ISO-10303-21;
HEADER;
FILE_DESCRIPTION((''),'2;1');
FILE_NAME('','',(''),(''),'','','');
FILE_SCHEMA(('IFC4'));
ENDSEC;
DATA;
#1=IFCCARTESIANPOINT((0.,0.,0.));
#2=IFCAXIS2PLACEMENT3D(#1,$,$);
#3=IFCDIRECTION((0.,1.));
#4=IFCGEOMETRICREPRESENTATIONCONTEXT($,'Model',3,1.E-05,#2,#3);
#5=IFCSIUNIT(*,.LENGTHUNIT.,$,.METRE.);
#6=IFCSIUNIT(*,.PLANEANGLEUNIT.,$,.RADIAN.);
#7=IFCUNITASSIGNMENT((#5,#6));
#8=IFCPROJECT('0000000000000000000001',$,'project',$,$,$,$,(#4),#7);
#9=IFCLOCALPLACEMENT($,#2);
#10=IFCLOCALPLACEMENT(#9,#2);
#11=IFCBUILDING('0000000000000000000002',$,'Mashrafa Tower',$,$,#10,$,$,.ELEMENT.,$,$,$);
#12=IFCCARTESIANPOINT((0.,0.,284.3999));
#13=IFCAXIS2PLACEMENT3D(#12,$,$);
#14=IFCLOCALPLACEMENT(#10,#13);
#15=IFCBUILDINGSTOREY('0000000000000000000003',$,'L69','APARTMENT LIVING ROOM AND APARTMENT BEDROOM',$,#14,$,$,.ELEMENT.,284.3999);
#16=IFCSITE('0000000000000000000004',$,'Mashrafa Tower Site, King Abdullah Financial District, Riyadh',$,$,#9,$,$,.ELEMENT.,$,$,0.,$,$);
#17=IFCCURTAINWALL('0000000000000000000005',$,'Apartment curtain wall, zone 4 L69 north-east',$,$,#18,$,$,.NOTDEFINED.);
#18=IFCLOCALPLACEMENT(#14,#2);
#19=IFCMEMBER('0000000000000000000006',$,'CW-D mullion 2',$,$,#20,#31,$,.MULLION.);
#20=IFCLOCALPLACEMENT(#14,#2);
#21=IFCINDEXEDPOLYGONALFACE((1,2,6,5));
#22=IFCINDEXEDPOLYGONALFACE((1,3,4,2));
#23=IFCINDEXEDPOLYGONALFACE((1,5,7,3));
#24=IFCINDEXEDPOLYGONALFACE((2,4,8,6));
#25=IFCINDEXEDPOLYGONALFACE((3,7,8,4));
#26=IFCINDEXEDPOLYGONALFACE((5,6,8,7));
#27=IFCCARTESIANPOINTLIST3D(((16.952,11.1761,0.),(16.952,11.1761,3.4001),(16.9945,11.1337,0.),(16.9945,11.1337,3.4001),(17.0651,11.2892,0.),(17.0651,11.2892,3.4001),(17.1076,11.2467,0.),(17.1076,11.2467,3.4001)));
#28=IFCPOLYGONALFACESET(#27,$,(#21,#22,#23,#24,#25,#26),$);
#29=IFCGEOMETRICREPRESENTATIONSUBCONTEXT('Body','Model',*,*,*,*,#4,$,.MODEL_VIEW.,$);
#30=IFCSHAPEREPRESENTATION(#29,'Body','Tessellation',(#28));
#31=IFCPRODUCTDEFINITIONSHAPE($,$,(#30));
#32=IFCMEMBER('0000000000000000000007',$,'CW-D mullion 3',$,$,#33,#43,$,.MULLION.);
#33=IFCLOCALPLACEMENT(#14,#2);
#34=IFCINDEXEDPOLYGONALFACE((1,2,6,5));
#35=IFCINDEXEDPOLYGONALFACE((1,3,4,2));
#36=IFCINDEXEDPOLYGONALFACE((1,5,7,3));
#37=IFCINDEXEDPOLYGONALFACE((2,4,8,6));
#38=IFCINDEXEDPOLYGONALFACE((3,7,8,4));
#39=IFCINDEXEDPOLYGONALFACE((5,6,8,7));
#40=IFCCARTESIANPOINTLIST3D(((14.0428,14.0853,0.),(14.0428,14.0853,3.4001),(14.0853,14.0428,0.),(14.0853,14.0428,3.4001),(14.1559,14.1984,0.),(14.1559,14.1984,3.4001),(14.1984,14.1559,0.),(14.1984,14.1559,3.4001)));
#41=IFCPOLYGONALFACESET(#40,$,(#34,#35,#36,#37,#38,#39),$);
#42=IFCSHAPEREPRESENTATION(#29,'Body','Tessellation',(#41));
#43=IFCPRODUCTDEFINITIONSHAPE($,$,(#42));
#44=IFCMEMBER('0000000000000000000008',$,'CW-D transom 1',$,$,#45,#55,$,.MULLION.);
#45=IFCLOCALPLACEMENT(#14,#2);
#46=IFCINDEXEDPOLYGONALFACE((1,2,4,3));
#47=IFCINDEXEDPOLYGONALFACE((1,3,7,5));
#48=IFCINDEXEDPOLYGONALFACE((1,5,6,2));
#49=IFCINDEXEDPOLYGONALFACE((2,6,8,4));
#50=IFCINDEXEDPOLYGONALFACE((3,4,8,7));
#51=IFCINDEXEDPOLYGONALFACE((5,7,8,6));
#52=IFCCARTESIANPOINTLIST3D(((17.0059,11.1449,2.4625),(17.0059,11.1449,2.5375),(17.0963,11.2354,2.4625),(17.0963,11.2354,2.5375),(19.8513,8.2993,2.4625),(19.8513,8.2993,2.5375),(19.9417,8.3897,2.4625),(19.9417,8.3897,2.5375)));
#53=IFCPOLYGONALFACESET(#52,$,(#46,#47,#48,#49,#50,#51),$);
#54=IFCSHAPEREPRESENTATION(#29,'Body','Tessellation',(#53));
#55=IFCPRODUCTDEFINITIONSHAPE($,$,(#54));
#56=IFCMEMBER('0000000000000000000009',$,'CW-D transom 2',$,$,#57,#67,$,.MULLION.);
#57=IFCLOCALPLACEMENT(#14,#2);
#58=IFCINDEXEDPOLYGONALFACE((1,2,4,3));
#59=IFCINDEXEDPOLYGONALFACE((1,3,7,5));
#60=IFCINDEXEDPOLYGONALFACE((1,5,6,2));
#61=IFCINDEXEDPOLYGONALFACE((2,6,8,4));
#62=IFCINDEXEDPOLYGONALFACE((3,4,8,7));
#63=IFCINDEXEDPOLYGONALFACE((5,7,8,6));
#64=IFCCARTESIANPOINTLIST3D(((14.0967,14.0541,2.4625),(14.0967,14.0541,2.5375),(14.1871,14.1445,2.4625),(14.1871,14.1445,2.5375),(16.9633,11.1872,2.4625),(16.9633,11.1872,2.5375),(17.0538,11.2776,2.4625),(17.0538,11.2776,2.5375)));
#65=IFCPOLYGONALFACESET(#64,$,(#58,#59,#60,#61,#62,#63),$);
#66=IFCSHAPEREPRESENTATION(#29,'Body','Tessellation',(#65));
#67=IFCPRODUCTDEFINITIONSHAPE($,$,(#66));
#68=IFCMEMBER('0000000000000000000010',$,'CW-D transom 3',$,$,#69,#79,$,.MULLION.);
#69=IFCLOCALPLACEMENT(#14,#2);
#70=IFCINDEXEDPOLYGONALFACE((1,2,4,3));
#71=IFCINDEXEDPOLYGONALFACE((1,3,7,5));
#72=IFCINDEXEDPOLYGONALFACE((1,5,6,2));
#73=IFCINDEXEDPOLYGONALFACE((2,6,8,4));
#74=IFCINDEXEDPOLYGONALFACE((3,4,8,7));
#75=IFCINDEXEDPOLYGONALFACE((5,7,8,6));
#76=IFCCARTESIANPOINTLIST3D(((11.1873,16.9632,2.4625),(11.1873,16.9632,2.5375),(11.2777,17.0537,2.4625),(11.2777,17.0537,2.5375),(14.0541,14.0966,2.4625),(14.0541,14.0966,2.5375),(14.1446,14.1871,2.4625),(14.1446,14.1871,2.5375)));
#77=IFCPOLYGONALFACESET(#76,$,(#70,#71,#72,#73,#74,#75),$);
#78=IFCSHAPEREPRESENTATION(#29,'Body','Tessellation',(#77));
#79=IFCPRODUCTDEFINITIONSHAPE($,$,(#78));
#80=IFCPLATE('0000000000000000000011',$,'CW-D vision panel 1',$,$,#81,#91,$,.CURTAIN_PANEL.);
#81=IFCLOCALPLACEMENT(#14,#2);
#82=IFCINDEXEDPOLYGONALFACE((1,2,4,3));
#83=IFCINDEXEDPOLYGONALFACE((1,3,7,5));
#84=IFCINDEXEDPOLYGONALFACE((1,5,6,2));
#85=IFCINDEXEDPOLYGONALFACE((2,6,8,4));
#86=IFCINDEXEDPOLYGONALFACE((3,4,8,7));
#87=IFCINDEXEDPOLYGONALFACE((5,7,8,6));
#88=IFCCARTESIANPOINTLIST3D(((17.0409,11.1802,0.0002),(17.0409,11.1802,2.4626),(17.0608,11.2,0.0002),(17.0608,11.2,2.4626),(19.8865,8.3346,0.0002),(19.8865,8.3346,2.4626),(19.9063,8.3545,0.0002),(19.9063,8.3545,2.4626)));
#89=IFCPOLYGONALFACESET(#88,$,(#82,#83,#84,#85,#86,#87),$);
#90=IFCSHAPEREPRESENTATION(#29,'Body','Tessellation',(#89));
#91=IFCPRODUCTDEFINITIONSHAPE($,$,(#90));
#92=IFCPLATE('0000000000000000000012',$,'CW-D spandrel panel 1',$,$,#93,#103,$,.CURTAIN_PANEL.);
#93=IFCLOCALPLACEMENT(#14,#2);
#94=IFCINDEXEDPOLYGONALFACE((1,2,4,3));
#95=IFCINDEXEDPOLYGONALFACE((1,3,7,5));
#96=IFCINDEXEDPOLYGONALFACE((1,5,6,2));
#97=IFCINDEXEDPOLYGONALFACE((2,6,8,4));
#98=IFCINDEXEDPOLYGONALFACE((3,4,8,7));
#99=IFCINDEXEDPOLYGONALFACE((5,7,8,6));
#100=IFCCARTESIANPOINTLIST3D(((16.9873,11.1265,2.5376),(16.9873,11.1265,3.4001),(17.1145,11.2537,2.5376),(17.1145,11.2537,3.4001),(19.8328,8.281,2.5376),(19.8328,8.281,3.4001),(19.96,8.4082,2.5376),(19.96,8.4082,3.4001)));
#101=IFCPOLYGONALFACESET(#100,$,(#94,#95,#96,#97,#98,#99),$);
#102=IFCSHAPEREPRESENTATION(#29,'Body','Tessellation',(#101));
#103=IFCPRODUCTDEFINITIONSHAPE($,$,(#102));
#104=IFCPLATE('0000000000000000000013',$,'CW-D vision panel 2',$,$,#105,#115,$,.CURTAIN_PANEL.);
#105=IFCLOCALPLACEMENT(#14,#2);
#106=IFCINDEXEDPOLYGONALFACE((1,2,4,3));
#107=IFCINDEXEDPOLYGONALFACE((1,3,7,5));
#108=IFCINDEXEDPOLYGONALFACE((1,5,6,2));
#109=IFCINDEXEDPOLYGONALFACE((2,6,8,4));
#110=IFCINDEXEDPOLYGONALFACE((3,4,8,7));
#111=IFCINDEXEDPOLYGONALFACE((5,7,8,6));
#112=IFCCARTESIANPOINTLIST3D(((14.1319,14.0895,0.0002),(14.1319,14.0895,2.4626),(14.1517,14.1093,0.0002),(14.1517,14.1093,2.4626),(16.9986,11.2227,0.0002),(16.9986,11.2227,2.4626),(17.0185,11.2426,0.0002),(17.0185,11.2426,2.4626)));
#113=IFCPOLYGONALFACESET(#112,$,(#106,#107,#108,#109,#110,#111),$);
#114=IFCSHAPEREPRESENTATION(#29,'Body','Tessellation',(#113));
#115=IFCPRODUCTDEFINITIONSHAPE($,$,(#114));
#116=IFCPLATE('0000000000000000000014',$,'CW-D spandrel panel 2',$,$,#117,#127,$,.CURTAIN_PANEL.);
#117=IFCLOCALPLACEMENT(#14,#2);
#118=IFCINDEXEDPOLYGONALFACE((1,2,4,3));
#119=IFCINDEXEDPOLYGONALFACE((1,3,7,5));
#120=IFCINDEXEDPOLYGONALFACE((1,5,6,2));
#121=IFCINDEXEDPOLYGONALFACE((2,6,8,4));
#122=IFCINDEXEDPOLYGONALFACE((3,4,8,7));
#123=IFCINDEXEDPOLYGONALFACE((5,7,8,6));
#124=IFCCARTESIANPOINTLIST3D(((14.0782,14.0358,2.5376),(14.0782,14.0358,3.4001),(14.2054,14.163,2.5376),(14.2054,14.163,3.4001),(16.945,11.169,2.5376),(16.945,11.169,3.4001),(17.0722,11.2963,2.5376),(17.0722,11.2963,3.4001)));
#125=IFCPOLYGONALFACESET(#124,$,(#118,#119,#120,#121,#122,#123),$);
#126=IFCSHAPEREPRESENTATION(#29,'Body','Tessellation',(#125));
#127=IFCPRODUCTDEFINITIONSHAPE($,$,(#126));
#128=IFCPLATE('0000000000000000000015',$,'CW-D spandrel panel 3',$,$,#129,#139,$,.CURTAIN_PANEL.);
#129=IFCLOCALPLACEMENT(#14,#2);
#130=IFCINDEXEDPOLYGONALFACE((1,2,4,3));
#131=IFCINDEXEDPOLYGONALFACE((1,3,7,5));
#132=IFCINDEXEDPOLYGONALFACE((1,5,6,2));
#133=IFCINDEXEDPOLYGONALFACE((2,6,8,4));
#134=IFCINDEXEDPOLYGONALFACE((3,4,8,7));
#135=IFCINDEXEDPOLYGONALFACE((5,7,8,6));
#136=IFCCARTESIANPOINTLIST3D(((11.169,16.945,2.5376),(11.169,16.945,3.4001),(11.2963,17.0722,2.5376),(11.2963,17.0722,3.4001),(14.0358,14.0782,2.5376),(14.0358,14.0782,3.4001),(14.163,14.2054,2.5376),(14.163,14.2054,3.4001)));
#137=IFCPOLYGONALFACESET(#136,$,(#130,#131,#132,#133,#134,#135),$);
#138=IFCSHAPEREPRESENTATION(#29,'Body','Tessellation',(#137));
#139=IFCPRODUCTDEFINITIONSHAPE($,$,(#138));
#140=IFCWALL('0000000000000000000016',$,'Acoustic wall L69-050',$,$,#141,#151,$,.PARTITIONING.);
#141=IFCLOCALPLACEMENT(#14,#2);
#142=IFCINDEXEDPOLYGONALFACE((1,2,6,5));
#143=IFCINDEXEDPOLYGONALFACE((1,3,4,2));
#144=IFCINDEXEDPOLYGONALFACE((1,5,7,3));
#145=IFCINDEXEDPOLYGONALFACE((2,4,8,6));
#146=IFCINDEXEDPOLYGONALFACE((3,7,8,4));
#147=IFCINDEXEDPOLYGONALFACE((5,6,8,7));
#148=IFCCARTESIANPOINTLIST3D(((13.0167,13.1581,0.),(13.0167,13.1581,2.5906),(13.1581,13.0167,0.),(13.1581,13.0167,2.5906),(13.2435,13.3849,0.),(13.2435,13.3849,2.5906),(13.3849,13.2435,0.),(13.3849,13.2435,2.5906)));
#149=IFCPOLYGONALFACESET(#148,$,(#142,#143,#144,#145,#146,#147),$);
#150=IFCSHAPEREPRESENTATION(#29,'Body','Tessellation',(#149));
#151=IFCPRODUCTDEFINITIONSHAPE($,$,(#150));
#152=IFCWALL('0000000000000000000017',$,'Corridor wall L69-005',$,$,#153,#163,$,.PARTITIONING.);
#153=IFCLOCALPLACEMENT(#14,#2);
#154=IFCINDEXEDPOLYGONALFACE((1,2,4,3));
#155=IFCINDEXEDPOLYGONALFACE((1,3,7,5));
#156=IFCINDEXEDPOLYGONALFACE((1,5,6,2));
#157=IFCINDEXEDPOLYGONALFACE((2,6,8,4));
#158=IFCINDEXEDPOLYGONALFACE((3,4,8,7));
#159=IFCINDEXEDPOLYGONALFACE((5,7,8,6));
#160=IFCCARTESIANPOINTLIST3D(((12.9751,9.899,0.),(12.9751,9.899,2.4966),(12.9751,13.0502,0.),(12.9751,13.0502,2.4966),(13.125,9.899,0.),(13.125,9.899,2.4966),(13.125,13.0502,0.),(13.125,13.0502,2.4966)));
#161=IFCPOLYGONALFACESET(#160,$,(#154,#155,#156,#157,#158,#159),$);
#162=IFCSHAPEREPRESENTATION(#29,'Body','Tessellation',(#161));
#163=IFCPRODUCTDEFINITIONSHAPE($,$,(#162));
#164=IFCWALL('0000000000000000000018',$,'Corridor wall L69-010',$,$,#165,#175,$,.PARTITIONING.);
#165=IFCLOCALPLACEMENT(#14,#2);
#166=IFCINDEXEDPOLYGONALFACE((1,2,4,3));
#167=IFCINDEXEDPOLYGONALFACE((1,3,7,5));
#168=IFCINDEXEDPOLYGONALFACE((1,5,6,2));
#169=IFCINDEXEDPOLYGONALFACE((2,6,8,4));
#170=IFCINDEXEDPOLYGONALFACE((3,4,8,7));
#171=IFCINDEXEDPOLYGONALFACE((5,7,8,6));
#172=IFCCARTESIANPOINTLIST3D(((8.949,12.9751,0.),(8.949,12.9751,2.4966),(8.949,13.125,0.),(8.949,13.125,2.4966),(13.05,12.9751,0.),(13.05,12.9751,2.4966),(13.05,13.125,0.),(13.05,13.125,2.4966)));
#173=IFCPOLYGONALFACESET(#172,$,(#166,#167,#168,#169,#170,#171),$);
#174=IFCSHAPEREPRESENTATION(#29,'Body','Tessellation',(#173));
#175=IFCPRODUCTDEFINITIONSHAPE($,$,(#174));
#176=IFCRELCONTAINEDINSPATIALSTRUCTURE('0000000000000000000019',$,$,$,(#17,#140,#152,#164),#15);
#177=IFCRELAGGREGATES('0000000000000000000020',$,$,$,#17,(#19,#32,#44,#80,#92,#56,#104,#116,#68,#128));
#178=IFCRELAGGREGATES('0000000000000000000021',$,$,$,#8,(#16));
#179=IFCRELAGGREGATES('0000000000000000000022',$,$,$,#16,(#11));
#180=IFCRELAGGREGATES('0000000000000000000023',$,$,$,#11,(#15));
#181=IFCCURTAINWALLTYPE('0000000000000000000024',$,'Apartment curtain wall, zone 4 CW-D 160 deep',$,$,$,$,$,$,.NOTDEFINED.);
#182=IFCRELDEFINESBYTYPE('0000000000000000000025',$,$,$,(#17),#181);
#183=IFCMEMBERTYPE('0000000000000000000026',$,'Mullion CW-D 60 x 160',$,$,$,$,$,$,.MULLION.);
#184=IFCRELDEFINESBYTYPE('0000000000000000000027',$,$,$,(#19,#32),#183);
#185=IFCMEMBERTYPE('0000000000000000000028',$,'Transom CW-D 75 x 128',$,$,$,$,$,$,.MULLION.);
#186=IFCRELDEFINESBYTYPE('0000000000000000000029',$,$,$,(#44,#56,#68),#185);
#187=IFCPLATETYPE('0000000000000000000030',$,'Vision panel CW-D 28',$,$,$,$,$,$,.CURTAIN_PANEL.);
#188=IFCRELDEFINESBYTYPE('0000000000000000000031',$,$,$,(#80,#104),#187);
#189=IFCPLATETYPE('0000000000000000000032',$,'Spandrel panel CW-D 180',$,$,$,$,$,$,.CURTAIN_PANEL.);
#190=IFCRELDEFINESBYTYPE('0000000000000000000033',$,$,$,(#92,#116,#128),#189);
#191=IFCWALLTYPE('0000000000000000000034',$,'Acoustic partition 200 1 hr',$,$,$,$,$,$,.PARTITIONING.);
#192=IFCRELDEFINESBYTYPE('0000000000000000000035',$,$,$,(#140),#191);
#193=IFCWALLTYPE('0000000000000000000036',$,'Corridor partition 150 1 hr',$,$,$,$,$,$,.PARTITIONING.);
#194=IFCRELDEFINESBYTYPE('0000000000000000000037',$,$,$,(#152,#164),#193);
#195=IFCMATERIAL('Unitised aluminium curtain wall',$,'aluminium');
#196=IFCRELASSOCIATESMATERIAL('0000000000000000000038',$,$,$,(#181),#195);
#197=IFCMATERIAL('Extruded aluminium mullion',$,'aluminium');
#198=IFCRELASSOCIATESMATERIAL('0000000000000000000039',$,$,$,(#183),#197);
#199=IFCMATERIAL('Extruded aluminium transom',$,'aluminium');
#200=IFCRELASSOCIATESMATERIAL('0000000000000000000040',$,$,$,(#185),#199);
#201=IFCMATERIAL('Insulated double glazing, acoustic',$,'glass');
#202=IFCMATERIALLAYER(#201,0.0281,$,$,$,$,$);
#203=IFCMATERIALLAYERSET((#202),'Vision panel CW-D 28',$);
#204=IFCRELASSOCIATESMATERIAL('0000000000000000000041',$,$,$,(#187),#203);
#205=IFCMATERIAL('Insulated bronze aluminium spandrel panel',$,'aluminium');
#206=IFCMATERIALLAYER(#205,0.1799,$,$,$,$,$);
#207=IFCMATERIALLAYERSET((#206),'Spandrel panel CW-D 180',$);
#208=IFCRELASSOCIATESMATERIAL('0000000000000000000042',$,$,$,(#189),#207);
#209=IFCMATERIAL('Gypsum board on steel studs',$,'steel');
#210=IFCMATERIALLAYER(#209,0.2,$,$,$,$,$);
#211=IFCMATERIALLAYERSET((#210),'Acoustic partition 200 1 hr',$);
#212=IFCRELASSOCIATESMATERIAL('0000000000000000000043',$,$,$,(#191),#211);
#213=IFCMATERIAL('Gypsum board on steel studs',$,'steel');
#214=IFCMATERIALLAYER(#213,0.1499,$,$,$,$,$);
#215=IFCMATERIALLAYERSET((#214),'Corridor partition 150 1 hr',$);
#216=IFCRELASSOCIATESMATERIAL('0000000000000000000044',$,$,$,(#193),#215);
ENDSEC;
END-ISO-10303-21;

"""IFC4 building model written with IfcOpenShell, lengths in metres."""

from ifc_helpers import new_model, si_unit, direction, frame, frame_2d, origin, origin_2d, place, context, subcontext, project, spatial, rectangle, extrude, source, transform, mapped, material, layer, layer_set, material_profile, profile_set, type_object, type_shapes, element, aggregate, save


model = new_model("IFC4")

# Units and contexts
model_context = context("Model", 3, precision=1e-05, world=origin(), true_north=direction((0.0, 1.0)))
body_context = subcontext(model_context, "Body", "Model", "MODEL_VIEW")
ifc_project = project(units=[si_unit("LENGTHUNIT", "METRE"), si_unit("PLANEANGLEUNIT", "RADIAN")], contexts=[model_context])

# Site, building, storey
site_placement = place(None, origin())
site = spatial("IfcSite", under=ifc_project, at=site_placement, Name="Mashrafa Tower Site, King Abdullah Financial District, Riyadh", CompositionType="ELEMENT", RefElevation=0.0)
building_placement = place(site_placement, origin())
building = spatial("IfcBuilding", under=site, at=building_placement, Name="Mashrafa Tower", CompositionType="ELEMENT")
storey_placement = place(building_placement, frame((0.0, 0.0, 284.3999)))
storey = spatial("IfcBuildingStorey", under=building, at=storey_placement, Name="L69", Description="APARTMENT LIVING ROOM AND APARTMENT BEDROOM", CompositionType="ELEMENT", Elevation=284.3999)

# Shared definitions
ifc_material_1 = material(Name="Unitised aluminium curtain wall", Category="aluminium")
curtain_wall_type = type_object("IfcCurtainWallType", Name="Apartment curtain wall, zone 4 CW-D 160 deep", PredefinedType="NOTDEFINED", material=ifc_material_1)
ifc_material_2 = material(Name="Extruded aluminium mullion", Category="aluminium")
ifc_material_profile_1 = material_profile(ifc_material_2, rectangle(XDim=0.1599, YDim=0.0601, at=origin_2d()), Name="Mullion 60x160")
ifc_profile_set_1 = profile_set([ifc_material_profile_1], Name="Extruded aluminium mullion")
member_type_1 = type_object("IfcMemberType", Name="Mullion CW-D 60 x 160", PredefinedType="MULLION", material=ifc_profile_set_1)
shared_shape_1 = source(origin(), body_context, "Body", "SweptSolid", [
    extrude(rectangle(XDim=0.1599, YDim=0.0601, at=origin_2d()), origin(), (0.0, 0.0, 1.0), 3.4001),
])
type_shapes(member_type_1, [shared_shape_1])

# Curtain wall, members, plates
curtain_wall_1_placement = place(storey_placement, origin())
curtain_wall_1 = element("IfcCurtainWall", 1, at=curtain_wall_1_placement, inside=storey, type_object=curtain_wall_type, Name="Apartment curtain wall, zone 4 L69 north-east", PredefinedType="NOTDEFINED")
member_1_placement = place(storey_placement, frame((17.0298, 11.2114, 0.0), z_axis=(0.0, 0.0, 1.0), x_axis=(-0.707107, -0.707107, 0.0)))
member_1 = element("IfcMember", 2, at=member_1_placement, type_object=member_type_1, Name="CW-D mullion 2", PredefinedType="MULLION", context=body_context, shape_type="MappedRepresentation", body=[
    mapped(shared_shape_1, transform((0.0, 0.0, 0.0))),
])
member_2_placement = place(storey_placement, frame((14.1206, 14.1206, 0.0), z_axis=(0.0, 0.0, 1.0), x_axis=(-0.707107, -0.707107, 0.0)))
member_2 = element("IfcMember", 3, at=member_2_placement, type_object=member_type_1, Name="CW-D mullion 3", PredefinedType="MULLION", context=body_context, shape_type="MappedRepresentation", body=[
    mapped(shared_shape_1, transform((0.0, 0.0, 0.0))),
])
ifc_material_3 = material(Name="Extruded aluminium transom", Category="aluminium")
ifc_material_profile_2 = material_profile(ifc_material_3, rectangle(XDim=0.1279, YDim=0.075, at=origin_2d()), Name="Transom 75x128")
ifc_profile_set_2 = profile_set([ifc_material_profile_2], Name="Extruded aluminium transom")
member_type_2 = type_object("IfcMemberType", Name="Transom CW-D 75 x 128", PredefinedType="MULLION", material=ifc_profile_set_2)
shared_shape_2 = source(origin(), body_context, "Body", "SweptSolid", [
    extrude(rectangle(XDim=0.1279, YDim=0.075, at=origin_2d()), origin(), (0.0, 0.0, 1.0), 4.0242),
])
member_3_placement = place(storey_placement, frame((19.8965, 8.3445, 2.5), z_axis=(-0.707076, 0.707137, 0.0), x_axis=(-0.707137, -0.707076, 0.0)))
member_3 = element("IfcMember", 4, at=member_3_placement, type_object=member_type_2, Name="CW-D transom 1", PredefinedType="MULLION", context=body_context, shape_type="MappedRepresentation", body=[
    mapped(shared_shape_2, transform((0.0, 0.0, 0.0))),
])
shared_shape_3 = source(origin(), body_context, "Body", "SweptSolid", [
    extrude(rectangle(XDim=0.1279, YDim=0.075, at=origin_2d()), origin(), (0.0, 0.0, 1.0), 4.0542),
])
type_shapes(member_type_2, [shared_shape_2, shared_shape_3])
member_4_placement = place(storey_placement, frame((17.0085, 11.2324, 2.5), z_axis=(-0.707077, 0.707137, 0.0), x_axis=(-0.707137, -0.707077, 0.0)))
member_4 = element("IfcMember", 5, at=member_4_placement, type_object=member_type_2, Name="CW-D transom 2", PredefinedType="MULLION", context=body_context, shape_type="MappedRepresentation", body=[
    mapped(shared_shape_3, transform((0.0, 0.0, 0.0))),
])
member_5_placement = place(storey_placement, frame((14.0994, 14.1418, 2.5), z_axis=(-0.707137, 0.707077, 0.0), x_axis=(-0.707077, -0.707137, 0.0)))
member_5 = element("IfcMember", 6, at=member_5_placement, type_object=member_type_2, Name="CW-D transom 3", PredefinedType="MULLION", context=body_context, shape_type="MappedRepresentation", body=[
    mapped(shared_shape_3, transform((0.0, 0.0, 0.0))),
])
ifc_material_4 = material(Name="Insulated double glazing, acoustic", Category="glass")
ifc_layer_1 = layer(ifc_material_4, 0.0281)
ifc_layer_set_1 = layer_set([ifc_layer_1], Name="Vision panel CW-D 28")
plate_type_1 = type_object("IfcPlateType", Name="Vision panel CW-D 28", PredefinedType="CURTAIN_PANEL", material=ifc_layer_set_1)
shared_shape_4 = source(origin(), body_context, "Body", "SweptSolid", [
    extrude(rectangle(XDim=4.0242, YDim=0.0281, at=origin_2d()), origin(), (0.0, 0.0, 1.0), 2.4624),
])
plate_1_placement = place(storey_placement, frame((18.4736, 9.7673, 0.0002), z_axis=(0.0, 0.0, 1.0), x_axis=(-0.707107, 0.707107, 0.0)))
plate_1 = element("IfcPlate", 7, at=plate_1_placement, type_object=plate_type_1, Name="CW-D vision panel 1", PredefinedType="CURTAIN_PANEL", context=body_context, shape_type="MappedRepresentation", body=[
    mapped(shared_shape_4, transform((0.0, 0.0, 0.0))),
])
ifc_material_5 = material(Name="Insulated bronze aluminium spandrel panel", Category="aluminium")
ifc_layer_2 = layer(ifc_material_5, 0.1799)
ifc_layer_set_2 = layer_set([ifc_layer_2], Name="Spandrel panel CW-D 180")
plate_type_2 = type_object("IfcPlateType", Name="Spandrel panel CW-D 180", PredefinedType="CURTAIN_PANEL", material=ifc_layer_set_2)
shared_shape_5 = source(origin(), body_context, "Body", "SweptSolid", [
    extrude(rectangle(XDim=4.0242, YDim=0.1799, at=origin_2d()), origin(), (0.0, 0.0, 1.0), 0.8625),
])
plate_2_placement = place(storey_placement, frame((18.4736, 9.7673, 2.5376), z_axis=(0.0, 0.0, 1.0), x_axis=(-0.707107, 0.707107, 0.0)))
plate_2 = element("IfcPlate", 8, at=plate_2_placement, type_object=plate_type_2, Name="CW-D spandrel panel 1", PredefinedType="CURTAIN_PANEL", context=body_context, shape_type="MappedRepresentation", body=[
    mapped(shared_shape_5, transform((0.0, 0.0, 0.0))),
])
shared_shape_6 = source(origin(), body_context, "Body", "SweptSolid", [
    extrude(rectangle(XDim=4.0542, YDim=0.0281, at=origin_2d()), origin(), (0.0, 0.0, 1.0), 2.4624),
])
type_shapes(plate_type_1, [shared_shape_4, shared_shape_6])
plate_3_placement = place(storey_placement, frame((15.5752, 12.666, 0.0002), z_axis=(0.0, 0.0, 1.0), x_axis=(-0.707107, 0.707107, 0.0)))
plate_3 = element("IfcPlate", 9, at=plate_3_placement, type_object=plate_type_1, Name="CW-D vision panel 2", PredefinedType="CURTAIN_PANEL", context=body_context, shape_type="MappedRepresentation", body=[
    mapped(shared_shape_6, transform((0.0, 0.0, 0.0))),
])
shared_shape_7 = source(origin(), body_context, "Body", "SweptSolid", [
    extrude(rectangle(XDim=4.0542, YDim=0.1799, at=origin_2d()), origin(), (0.0, 0.0, 1.0), 0.8625),
])
type_shapes(plate_type_2, [shared_shape_5, shared_shape_7])
plate_4_placement = place(storey_placement, frame((15.5752, 12.666, 2.5376), z_axis=(0.0, 0.0, 1.0), x_axis=(-0.707107, 0.707107, 0.0)))
plate_4 = element("IfcPlate", 10, at=plate_4_placement, type_object=plate_type_2, Name="CW-D spandrel panel 2", PredefinedType="CURTAIN_PANEL", context=body_context, shape_type="MappedRepresentation", body=[
    mapped(shared_shape_7, transform((0.0, 0.0, 0.0))),
])
plate_5_placement = place(storey_placement, frame((12.666, 15.5752, 2.5376), z_axis=(0.0, 0.0, 1.0), x_axis=(-0.707107, 0.707107, 0.0)))
plate_5 = element("IfcPlate", 11, at=plate_5_placement, type_object=plate_type_2, Name="CW-D spandrel panel 3", PredefinedType="CURTAIN_PANEL", context=body_context, shape_type="MappedRepresentation", body=[
    mapped(shared_shape_7, transform((0.0, 0.0, 0.0))),
])
aggregate(curtain_wall_1, [member_1, member_2, member_3, plate_1, plate_2, member_4, plate_3, plate_4, member_5, plate_5])

# Walls
ifc_material_6 = material(Name="Gypsum board on steel studs", Category="steel")
ifc_layer_3 = layer(ifc_material_6, 0.2)
ifc_layer_set_3 = layer_set([ifc_layer_3], Name="Acoustic partition 200 1 hr")
wall_type_1 = type_object("IfcWallType", Name="Acoustic partition 200 1 hr", PredefinedType="PARTITIONING", material=ifc_layer_set_3)
wall_1_placement = place(storey_placement, frame((13.3142, 13.3142, 0.0), z_axis=(0.0, 0.0, 1.0), x_axis=(-0.707107, -0.707107, 0.0)))
element("IfcWall", 12, at=wall_1_placement, inside=storey, type_object=wall_type_1, Name="Acoustic wall L69-050", PredefinedType="PARTITIONING", context=body_context, shape_type="SweptSolid", body=[
    extrude(rectangle(XDim=0.3208, YDim=0.2, at=frame_2d((0.1604, 0.0))), origin(), (0.0, 0.0, 1.0), 2.5906),
])
ifc_material_7 = material(Name="Gypsum board on steel studs", Category="steel")
ifc_layer_4 = layer(ifc_material_7, 0.1499)
ifc_layer_set_4 = layer_set([ifc_layer_4], Name="Corridor partition 150 1 hr")
wall_type_2 = type_object("IfcWallType", Name="Corridor partition 150 1 hr", PredefinedType="PARTITIONING", material=ifc_layer_set_4)
wall_2_placement = place(storey_placement, frame((13.05, 9.8989, 0.0), z_axis=(0.0, 0.0, 1.0), x_axis=(0.0, 1.0, 0.0)))
element("IfcWall", 13, at=wall_2_placement, inside=storey, type_object=wall_type_2, Name="Corridor wall L69-005", PredefinedType="PARTITIONING", context=body_context, shape_type="SweptSolid", body=[
    extrude(rectangle(XDim=3.1511, YDim=0.1499, at=frame_2d((1.5757, 0.0))), origin(), (0.0, 0.0, 1.0), 2.4966),
])
wall_3_placement = place(storey_placement, frame((13.05, 13.05, 0.0), z_axis=(0.0, 0.0, 1.0), x_axis=(-1.0, 0.0, 0.0)))
element("IfcWall", 14, at=wall_3_placement, inside=storey, type_object=wall_type_2, Name="Corridor wall L69-010", PredefinedType="PARTITIONING", context=body_context, shape_type="SweptSolid", body=[
    extrude(rectangle(XDim=4.1011, YDim=0.1499, at=frame_2d((2.0505, 0.0))), origin(), (0.0, 0.0, 1.0), 2.4966),
])

save(model, "model.ifc")
